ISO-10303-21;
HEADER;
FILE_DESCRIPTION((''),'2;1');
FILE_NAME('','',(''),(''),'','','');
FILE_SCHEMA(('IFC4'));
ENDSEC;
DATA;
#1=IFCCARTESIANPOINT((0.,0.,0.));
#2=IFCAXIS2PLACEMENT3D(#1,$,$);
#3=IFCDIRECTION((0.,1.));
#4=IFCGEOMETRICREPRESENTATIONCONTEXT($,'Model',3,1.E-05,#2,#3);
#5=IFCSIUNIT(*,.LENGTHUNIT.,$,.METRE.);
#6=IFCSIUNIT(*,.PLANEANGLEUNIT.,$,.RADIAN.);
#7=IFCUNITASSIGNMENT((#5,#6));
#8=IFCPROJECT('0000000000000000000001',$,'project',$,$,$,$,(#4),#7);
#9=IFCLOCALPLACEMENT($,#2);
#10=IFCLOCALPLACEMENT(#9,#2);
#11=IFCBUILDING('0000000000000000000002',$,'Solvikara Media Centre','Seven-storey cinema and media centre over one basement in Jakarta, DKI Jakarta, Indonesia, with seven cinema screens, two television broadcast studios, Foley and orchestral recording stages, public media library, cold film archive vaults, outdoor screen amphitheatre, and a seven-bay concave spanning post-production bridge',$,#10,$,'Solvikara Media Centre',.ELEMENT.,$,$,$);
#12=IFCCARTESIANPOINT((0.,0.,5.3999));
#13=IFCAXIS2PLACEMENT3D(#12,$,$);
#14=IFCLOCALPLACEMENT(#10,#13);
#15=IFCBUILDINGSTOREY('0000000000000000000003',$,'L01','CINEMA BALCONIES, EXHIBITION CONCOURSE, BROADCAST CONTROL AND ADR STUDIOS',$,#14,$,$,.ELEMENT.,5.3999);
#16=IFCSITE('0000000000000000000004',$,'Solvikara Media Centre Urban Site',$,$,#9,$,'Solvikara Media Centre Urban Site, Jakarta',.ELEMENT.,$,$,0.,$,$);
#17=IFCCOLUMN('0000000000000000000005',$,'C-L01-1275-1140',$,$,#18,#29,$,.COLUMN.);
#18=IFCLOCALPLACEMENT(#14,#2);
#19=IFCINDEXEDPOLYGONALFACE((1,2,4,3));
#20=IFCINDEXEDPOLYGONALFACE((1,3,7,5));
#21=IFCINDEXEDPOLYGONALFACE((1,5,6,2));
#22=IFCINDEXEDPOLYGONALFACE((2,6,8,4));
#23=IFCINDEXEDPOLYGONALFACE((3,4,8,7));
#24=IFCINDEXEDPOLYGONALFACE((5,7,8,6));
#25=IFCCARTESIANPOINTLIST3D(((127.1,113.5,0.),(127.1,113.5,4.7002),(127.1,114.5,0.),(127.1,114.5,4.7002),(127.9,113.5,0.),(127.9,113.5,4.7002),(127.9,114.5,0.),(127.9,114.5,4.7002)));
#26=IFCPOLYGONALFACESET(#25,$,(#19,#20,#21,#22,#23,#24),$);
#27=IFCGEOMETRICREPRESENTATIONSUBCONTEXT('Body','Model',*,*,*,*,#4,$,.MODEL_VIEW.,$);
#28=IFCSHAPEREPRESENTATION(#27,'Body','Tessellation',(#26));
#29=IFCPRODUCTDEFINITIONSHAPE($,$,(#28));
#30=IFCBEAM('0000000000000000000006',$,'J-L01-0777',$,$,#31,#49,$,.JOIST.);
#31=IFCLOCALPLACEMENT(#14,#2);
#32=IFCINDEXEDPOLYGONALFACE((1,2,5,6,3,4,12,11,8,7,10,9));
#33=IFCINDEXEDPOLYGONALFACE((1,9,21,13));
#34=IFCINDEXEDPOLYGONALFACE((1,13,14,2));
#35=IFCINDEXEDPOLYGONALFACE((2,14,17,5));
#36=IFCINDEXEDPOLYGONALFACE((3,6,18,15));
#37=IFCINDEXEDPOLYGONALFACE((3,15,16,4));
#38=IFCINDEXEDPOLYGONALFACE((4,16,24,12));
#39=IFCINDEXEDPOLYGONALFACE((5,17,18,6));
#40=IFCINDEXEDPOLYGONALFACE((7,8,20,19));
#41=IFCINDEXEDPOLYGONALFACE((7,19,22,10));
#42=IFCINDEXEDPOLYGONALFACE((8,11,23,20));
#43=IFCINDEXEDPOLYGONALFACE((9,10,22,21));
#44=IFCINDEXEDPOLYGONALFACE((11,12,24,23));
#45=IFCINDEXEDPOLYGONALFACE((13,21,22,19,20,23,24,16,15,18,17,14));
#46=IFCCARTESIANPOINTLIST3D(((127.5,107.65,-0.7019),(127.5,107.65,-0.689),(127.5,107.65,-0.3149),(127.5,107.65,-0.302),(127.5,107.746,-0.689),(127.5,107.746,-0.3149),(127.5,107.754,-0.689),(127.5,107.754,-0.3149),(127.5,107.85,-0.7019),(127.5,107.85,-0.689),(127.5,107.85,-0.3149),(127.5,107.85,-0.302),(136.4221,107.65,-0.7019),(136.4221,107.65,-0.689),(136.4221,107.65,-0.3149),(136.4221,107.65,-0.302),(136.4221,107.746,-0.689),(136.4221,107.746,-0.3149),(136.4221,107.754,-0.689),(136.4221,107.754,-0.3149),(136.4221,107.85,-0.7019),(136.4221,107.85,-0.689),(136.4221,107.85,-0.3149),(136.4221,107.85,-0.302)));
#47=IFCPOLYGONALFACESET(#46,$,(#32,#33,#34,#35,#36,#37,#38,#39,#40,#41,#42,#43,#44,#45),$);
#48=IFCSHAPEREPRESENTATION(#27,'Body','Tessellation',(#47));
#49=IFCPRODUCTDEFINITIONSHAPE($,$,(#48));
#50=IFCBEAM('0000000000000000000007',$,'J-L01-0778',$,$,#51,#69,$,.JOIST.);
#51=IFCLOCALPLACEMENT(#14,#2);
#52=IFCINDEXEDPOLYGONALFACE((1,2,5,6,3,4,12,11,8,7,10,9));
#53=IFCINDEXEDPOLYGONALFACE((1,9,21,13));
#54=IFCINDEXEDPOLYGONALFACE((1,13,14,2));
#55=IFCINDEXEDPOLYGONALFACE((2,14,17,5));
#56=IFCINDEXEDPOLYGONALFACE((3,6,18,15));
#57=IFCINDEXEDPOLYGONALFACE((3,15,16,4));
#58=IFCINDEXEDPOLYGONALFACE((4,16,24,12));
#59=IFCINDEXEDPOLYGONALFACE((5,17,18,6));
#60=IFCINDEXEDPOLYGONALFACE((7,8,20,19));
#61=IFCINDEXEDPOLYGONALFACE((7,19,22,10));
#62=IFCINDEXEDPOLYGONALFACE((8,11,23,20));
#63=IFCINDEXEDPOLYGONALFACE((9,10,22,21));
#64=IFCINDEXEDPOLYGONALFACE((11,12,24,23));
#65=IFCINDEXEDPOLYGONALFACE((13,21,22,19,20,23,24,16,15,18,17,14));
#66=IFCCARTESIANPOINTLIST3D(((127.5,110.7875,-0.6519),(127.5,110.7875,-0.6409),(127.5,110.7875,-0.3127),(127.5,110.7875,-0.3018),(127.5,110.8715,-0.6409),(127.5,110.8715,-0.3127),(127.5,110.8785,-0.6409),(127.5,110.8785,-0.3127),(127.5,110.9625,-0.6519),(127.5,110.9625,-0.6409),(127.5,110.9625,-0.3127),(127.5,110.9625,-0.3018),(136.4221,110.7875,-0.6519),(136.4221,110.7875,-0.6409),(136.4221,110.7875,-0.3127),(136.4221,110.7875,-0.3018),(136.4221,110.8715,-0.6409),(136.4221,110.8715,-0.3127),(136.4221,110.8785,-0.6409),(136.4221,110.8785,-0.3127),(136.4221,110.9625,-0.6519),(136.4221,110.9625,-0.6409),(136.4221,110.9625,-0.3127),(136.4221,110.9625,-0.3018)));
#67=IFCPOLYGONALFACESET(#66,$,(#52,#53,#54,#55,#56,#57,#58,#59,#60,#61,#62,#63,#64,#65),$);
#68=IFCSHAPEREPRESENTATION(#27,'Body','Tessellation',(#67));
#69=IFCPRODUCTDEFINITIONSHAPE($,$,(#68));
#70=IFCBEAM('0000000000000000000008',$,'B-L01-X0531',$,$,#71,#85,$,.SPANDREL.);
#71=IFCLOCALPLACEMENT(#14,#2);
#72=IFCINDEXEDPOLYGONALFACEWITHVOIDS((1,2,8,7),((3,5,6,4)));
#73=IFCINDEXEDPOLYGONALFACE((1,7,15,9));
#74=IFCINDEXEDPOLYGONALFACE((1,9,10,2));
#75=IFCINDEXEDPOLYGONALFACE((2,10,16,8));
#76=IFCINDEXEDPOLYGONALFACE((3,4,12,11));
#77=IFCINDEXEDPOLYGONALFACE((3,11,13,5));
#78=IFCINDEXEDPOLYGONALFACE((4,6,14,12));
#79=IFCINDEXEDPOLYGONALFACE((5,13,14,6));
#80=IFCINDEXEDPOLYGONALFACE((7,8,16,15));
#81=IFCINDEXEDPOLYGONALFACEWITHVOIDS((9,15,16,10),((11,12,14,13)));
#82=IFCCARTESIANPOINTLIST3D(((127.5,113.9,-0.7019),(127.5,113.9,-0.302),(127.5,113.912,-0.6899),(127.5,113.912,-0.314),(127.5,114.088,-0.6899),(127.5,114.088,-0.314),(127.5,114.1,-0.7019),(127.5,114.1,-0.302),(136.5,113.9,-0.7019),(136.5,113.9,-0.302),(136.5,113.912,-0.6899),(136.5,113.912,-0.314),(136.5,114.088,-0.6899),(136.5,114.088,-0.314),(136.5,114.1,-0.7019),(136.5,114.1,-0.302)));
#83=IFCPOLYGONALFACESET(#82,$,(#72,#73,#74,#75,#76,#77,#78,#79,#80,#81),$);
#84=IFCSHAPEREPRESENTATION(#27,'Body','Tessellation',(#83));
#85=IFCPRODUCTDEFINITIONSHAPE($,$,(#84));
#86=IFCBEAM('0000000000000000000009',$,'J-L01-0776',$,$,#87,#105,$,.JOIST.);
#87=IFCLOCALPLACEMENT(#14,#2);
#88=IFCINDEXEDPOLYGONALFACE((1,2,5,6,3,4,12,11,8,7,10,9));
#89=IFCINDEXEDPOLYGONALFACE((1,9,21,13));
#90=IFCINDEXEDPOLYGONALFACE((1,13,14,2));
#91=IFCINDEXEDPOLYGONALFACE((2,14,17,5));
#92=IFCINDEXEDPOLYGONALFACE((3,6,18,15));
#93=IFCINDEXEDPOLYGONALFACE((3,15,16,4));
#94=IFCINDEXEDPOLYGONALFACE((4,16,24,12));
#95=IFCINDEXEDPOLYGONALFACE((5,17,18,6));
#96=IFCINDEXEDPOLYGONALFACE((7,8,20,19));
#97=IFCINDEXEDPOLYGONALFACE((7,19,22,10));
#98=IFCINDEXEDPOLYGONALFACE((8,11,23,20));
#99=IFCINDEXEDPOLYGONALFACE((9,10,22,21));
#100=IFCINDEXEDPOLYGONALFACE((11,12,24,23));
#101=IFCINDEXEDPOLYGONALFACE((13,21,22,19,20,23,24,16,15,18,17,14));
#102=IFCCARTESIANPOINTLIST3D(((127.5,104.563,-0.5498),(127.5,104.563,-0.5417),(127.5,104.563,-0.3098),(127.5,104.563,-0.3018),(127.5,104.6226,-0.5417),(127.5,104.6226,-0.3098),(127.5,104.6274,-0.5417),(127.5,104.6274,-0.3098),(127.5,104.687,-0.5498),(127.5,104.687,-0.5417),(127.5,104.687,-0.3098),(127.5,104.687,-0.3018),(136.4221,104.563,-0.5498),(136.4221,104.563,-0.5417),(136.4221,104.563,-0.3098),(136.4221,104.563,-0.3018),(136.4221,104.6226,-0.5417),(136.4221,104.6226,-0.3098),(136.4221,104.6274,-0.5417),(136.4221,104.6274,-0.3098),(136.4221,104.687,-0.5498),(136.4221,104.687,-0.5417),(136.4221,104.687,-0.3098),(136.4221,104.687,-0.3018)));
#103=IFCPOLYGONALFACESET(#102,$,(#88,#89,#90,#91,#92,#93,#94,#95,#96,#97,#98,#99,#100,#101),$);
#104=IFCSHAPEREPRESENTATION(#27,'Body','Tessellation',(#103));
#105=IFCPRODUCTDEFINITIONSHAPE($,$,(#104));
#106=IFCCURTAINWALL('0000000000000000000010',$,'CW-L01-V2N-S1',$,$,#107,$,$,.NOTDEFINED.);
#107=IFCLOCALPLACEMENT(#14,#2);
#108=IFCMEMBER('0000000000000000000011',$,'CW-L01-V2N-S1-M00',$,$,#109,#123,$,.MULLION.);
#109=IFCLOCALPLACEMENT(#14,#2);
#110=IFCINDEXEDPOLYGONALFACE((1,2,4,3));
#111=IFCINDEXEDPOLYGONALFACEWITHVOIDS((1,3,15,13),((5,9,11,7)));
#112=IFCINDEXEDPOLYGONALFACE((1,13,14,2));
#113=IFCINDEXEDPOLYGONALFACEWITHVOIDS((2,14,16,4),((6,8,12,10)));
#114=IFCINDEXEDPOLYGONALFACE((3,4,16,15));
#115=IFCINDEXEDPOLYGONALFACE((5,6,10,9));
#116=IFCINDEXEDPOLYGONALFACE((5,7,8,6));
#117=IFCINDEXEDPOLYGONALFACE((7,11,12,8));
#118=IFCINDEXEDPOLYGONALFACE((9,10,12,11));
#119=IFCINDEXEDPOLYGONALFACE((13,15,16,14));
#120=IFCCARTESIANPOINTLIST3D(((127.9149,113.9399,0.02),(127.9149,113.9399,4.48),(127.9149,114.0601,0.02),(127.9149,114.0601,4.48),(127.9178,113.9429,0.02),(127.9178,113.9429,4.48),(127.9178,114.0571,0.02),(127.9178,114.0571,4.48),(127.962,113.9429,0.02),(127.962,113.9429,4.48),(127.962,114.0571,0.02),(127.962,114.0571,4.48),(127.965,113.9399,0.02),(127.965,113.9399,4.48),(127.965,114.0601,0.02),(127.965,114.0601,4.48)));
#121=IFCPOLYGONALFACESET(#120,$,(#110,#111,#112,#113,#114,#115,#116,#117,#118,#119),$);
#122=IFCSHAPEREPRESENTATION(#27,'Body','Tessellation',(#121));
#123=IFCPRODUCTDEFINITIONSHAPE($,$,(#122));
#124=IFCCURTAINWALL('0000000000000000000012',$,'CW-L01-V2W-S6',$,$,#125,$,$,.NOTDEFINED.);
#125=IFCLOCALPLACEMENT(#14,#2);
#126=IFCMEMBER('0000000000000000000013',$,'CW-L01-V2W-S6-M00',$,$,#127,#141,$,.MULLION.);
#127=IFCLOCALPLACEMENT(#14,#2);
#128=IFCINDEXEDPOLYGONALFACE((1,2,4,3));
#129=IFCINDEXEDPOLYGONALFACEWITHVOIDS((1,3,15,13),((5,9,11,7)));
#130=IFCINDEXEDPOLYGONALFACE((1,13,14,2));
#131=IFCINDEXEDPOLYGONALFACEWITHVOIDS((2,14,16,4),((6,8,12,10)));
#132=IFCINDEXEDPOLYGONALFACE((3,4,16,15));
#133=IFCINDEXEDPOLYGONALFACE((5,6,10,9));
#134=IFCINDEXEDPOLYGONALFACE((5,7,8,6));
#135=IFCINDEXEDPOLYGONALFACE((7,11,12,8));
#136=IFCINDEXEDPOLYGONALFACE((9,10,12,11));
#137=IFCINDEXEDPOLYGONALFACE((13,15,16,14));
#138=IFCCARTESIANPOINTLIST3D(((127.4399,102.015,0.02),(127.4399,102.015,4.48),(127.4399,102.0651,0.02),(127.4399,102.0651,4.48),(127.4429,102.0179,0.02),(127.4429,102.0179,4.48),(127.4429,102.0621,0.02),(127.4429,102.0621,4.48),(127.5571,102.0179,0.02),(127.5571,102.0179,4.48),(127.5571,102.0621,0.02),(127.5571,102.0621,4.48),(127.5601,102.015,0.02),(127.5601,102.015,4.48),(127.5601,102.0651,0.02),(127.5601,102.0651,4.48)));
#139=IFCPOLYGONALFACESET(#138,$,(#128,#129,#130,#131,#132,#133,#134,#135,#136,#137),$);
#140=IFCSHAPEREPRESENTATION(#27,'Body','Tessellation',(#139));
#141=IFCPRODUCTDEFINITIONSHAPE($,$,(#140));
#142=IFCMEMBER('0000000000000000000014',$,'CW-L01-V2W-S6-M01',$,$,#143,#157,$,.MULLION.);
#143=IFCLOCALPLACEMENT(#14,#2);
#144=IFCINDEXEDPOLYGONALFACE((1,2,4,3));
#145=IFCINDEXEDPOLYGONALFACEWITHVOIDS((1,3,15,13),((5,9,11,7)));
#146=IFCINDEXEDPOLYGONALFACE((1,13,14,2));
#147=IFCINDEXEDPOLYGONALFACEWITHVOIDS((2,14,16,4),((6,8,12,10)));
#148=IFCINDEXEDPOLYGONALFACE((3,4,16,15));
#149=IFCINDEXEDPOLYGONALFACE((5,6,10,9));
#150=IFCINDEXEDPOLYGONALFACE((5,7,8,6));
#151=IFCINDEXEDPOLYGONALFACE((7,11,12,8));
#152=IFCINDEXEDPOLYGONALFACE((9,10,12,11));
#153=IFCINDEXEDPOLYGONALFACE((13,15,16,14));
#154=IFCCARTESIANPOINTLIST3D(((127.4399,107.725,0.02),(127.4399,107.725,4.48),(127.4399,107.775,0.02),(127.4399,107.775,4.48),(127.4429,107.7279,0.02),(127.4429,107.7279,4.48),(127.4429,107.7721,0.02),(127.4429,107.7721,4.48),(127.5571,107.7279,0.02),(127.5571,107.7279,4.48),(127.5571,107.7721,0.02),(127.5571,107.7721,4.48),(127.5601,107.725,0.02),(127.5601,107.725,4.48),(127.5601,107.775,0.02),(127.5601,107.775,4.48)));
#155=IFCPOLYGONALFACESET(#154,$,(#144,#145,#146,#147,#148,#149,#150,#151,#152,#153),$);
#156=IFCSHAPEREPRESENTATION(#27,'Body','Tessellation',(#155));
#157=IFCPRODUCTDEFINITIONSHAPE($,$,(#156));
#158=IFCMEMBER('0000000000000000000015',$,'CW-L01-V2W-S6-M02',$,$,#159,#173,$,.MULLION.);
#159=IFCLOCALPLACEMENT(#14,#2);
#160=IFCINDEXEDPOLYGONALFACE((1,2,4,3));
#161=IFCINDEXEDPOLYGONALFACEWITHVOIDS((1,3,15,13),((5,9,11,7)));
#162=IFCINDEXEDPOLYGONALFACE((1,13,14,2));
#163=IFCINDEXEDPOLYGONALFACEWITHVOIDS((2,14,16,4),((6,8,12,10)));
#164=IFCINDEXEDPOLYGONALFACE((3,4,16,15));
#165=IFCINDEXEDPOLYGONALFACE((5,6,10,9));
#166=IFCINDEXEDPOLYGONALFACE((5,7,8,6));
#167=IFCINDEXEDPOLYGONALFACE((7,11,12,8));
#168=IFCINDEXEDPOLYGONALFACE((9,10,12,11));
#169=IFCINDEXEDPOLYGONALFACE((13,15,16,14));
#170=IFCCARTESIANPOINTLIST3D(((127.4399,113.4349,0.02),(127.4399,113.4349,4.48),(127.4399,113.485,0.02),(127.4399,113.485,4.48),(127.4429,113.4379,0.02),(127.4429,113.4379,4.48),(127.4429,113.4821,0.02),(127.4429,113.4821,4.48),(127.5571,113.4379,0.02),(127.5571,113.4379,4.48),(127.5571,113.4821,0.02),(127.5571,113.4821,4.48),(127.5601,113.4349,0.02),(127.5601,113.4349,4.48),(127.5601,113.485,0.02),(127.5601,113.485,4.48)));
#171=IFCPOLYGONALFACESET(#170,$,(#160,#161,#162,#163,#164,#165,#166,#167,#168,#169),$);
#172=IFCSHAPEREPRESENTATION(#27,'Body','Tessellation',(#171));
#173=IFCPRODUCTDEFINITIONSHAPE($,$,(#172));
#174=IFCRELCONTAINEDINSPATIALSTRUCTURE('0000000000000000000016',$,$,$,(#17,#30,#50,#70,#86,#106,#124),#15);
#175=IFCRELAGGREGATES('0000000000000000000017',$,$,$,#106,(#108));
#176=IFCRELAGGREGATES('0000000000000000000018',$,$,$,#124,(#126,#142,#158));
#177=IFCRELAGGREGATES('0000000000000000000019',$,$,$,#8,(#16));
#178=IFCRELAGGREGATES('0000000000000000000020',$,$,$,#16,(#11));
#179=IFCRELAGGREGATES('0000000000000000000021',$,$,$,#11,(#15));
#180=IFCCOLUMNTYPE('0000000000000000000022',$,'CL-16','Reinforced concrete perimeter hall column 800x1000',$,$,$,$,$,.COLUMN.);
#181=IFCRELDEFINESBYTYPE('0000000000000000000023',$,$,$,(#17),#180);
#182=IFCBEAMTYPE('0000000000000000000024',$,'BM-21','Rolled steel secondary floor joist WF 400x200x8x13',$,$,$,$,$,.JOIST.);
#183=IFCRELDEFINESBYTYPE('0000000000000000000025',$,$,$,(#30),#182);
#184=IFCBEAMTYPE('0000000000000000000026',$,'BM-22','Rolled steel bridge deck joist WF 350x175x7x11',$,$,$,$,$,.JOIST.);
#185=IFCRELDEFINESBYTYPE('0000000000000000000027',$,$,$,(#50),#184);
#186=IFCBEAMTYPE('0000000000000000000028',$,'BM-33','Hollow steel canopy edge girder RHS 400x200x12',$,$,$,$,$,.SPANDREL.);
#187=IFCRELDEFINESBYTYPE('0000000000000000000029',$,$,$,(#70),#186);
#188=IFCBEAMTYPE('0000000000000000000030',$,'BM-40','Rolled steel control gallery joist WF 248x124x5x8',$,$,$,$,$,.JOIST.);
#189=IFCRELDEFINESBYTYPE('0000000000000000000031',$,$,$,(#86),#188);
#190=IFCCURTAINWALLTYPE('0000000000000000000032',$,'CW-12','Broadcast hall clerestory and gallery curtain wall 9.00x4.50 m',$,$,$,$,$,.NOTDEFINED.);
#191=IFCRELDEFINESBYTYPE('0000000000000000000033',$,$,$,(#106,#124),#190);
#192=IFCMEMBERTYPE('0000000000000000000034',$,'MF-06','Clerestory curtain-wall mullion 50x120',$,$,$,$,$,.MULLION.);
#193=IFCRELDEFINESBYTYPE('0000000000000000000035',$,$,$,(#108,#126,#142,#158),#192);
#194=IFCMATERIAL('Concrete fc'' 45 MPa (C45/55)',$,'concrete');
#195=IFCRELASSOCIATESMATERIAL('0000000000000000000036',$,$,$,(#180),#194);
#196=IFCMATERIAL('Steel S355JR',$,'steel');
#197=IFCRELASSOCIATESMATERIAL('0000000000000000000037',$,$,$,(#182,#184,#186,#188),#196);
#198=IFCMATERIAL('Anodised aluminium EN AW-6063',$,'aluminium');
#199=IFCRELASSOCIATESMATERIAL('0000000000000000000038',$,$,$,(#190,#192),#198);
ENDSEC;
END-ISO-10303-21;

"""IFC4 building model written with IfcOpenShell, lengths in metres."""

from ifc_helpers import new_model, si_unit, direction, frame, origin, origin_2d, place, context, subcontext, project, spatial, rectangle, hollow_rectangle, i_section, extrude, material, material_profile, profile_set, type_object, element, aggregate, save


model = new_model("IFC4")

# Units and contexts
model_context = context("Model", 3, precision=1e-05, world=origin(), true_north=direction((0.0, 1.0)))
body_context = subcontext(model_context, "Body", "Model", "MODEL_VIEW")
ifc_project = project(units=[si_unit("LENGTHUNIT", "METRE"), si_unit("PLANEANGLEUNIT", "RADIAN")], contexts=[model_context])

# Site, building, storey
site_placement = place(None, origin())
site = spatial("IfcSite", under=ifc_project, at=site_placement, Name="Solvikara Media Centre Urban Site", LongName="Solvikara Media Centre Urban Site, Jakarta", CompositionType="ELEMENT", RefElevation=0.0)
building_placement = place(site_placement, origin())
building = spatial("IfcBuilding", under=site, at=building_placement, Name="Solvikara Media Centre", Description="Seven-storey cinema and media centre over one basement in Jakarta, DKI Jakarta, Indonesia, with seven cinema screens, two television broadcast studios, Foley and orchestral recording stages, public media library, cold film archive vaults, outdoor screen amphitheatre, and a seven-bay concave spanning post-production bridge", LongName="Solvikara Media Centre", CompositionType="ELEMENT")
storey_placement = place(building_placement, frame((0.0, 0.0, 5.3999)))
storey = spatial("IfcBuildingStorey", under=building, at=storey_placement, Name="L01", Description="CINEMA BALCONIES, EXHIBITION CONCOURSE, BROADCAST CONTROL AND ADR STUDIOS", CompositionType="ELEMENT", Elevation=5.3999)

# Column
ifc_material_1 = material(Name="Concrete fc' 45 MPa (C45/55)", Category="concrete")
ifc_material_profile_1 = material_profile(ifc_material_1, rectangle(XDim=0.8, YDim=1.0, at=origin_2d()), Name="RC 800x1000")
ifc_profile_set_1 = profile_set([ifc_material_profile_1], Name="Concrete fc' 45 MPa (C45/55)")
column_type = type_object("IfcColumnType", Name="CL-16", Description="Reinforced concrete perimeter hall column 800x1000", PredefinedType="COLUMN", material=ifc_profile_set_1)
column_placement = place(storey_placement, frame((127.5, 114.0, 0.0), z_axis=(0.0, 0.0, 1.0), x_axis=(1.0, 0.0, 0.0)))
element("IfcColumn", 1, at=column_placement, inside=storey, type_object=column_type, Name="C-L01-1275-1140", PredefinedType="COLUMN", context=body_context, shape_type="SweptSolid", body=[
    extrude(rectangle(XDim=0.8, YDim=1.0, at=origin_2d()), origin(), (0.0, 0.0, 1.0), 4.7002),
])

# Beams
ifc_material_2 = material(Name="Steel S355JR", Category="steel")
ifc_material_profile_2 = material_profile(ifc_material_2, i_section(OverallWidth=0.2, OverallDepth=0.3999, WebThickness=0.0081, FlangeThickness=0.0129, at=origin_2d()), Name="WF 400x200x8x13")
ifc_profile_set_2 = profile_set([ifc_material_profile_2], Name="Steel S355JR")
beam_type_1 = type_object("IfcBeamType", Name="BM-21", Description="Rolled steel secondary floor joist WF 400x200x8x13", PredefinedType="JOIST", material=ifc_profile_set_2)
beam_1_placement = place(storey_placement, frame((127.5, 107.75, -0.502), z_axis=(1.0, 0.0, 0.0), x_axis=(0.0, 1.0, 0.0)))
element("IfcBeam", 2, at=beam_1_placement, inside=storey, type_object=beam_type_1, Name="J-L01-0777", PredefinedType="JOIST", context=body_context, shape_type="SweptSolid", body=[
    extrude(i_section(OverallWidth=0.2, OverallDepth=0.3999, WebThickness=0.0081, FlangeThickness=0.0129, at=origin_2d()), origin(), (0.0, 0.0, 1.0), 8.9221),
])
ifc_material_profile_3 = material_profile(ifc_material_2, i_section(OverallWidth=0.175, OverallDepth=0.3501, WebThickness=0.0071, FlangeThickness=0.011, at=origin_2d()), Name="WF 350x175x7x11")
ifc_profile_set_3 = profile_set([ifc_material_profile_3], Name="Steel S355JR")
beam_type_2 = type_object("IfcBeamType", Name="BM-22", Description="Rolled steel bridge deck joist WF 350x175x7x11", PredefinedType="JOIST", material=ifc_profile_set_3)
beam_2_placement = place(storey_placement, frame((127.5, 110.875, -0.4768), z_axis=(1.0, 0.0, 0.0), x_axis=(0.0, 1.0, 0.0)))
element("IfcBeam", 3, at=beam_2_placement, inside=storey, type_object=beam_type_2, Name="J-L01-0778", PredefinedType="JOIST", context=body_context, shape_type="SweptSolid", body=[
    extrude(i_section(OverallWidth=0.175, OverallDepth=0.3501, WebThickness=0.0071, FlangeThickness=0.011, at=origin_2d()), origin(), (0.0, 0.0, 1.0), 8.9221),
])
ifc_material_profile_4 = material_profile(ifc_material_2, hollow_rectangle(XDim=0.2, YDim=0.3999, WallThickness=0.012, at=origin_2d()), Name="RHS 400x200x12")
ifc_profile_set_4 = profile_set([ifc_material_profile_4], Name="Steel S355JR")
beam_type_3 = type_object("IfcBeamType", Name="BM-33", Description="Hollow steel canopy edge girder RHS 400x200x12", PredefinedType="SPANDREL", material=ifc_profile_set_4)
beam_3_placement = place(storey_placement, frame((127.5, 114.0, -0.502), z_axis=(1.0, 0.0, 0.0), x_axis=(0.0, 1.0, 0.0)))
element("IfcBeam", 4, at=beam_3_placement, inside=storey, type_object=beam_type_3, Name="B-L01-X0531", PredefinedType="SPANDREL", context=body_context, shape_type="SweptSolid", body=[
    extrude(hollow_rectangle(XDim=0.2, YDim=0.3999, WallThickness=0.012, at=origin_2d()), origin(), (0.0, 0.0, 1.0), 9.0),
])
ifc_material_profile_5 = material_profile(ifc_material_2, i_section(OverallWidth=0.124, OverallDepth=0.248, WebThickness=0.0049, FlangeThickness=0.0081, at=origin_2d()), Name="WF 248x124x5x8")
ifc_profile_set_5 = profile_set([ifc_material_profile_5], Name="Steel S355JR")
beam_type_4 = type_object("IfcBeamType", Name="BM-40", Description="Rolled steel control gallery joist WF 248x124x5x8", PredefinedType="JOIST", material=ifc_profile_set_5)
beam_4_placement = place(storey_placement, frame((127.5, 104.625, -0.4258), z_axis=(1.0, 0.0, 0.0), x_axis=(0.0, 1.0, 0.0)))
element("IfcBeam", 5, at=beam_4_placement, inside=storey, type_object=beam_type_4, Name="J-L01-0776", PredefinedType="JOIST", context=body_context, shape_type="SweptSolid", body=[
    extrude(i_section(OverallWidth=0.124, OverallDepth=0.248, WebThickness=0.0049, FlangeThickness=0.0081, at=origin_2d()), origin(), (0.0, 0.0, 1.0), 8.9221),
])

# Curtain wall, member
ifc_material_3 = material(Name="Anodised aluminium EN AW-6063", Category="aluminium")
curtain_wall_type = type_object("IfcCurtainWallType", Name="CW-12", Description="Broadcast hall clerestory and gallery curtain wall 9.00x4.50 m", PredefinedType="NOTDEFINED", material=ifc_material_3)
curtain_wall_1_placement = place(storey_placement, origin())
curtain_wall_1 = element("IfcCurtainWall", 6, at=curtain_wall_1_placement, inside=storey, type_object=curtain_wall_type, Name="CW-L01-V2N-S1", PredefinedType="NOTDEFINED")
ifc_material_profile_6 = material_profile(ifc_material_3, hollow_rectangle(XDim=0.05, YDim=0.1201, WallThickness=0.0029, at=origin_2d()), Name="ALU-M 50x120x3")
ifc_profile_set_6 = profile_set([ifc_material_profile_6], Name="Anodised aluminium EN AW-6063")
member_type_1 = type_object("IfcMemberType", Name="MF-06", Description="Clerestory curtain-wall mullion 50x120", PredefinedType="MULLION", material=ifc_profile_set_6)
member_1_placement = place(storey_placement, frame((127.9399, 114.0, 0.02), z_axis=(0.0, 0.0, 1.0), x_axis=(1.0, 0.0, 0.0)))
member_1 = element("IfcMember", 7, at=member_1_placement, type_object=member_type_1, Name="CW-L01-V2N-S1-M00", PredefinedType="MULLION", context=body_context, shape_type="SweptSolid", body=[
    extrude(hollow_rectangle(XDim=0.05, YDim=0.1201, WallThickness=0.0029, at=origin_2d()), origin(), (0.0, 0.0, 1.0), 4.46),
])

# Curtain wall, members
curtain_wall_2_placement = place(storey_placement, origin())
curtain_wall_2 = element("IfcCurtainWall", 8, at=curtain_wall_2_placement, inside=storey, type_object=curtain_wall_type, Name="CW-L01-V2W-S6", PredefinedType="NOTDEFINED")
member_2_placement = place(storey_placement, frame((127.5, 102.04, 0.02), z_axis=(0.0, 0.0, 1.0), x_axis=(0.0, 1.0, 0.0)))
member_2 = element("IfcMember", 9, at=member_2_placement, type_object=member_type_1, Name="CW-L01-V2W-S6-M00", PredefinedType="MULLION", context=body_context, shape_type="SweptSolid", body=[
    extrude(hollow_rectangle(XDim=0.05, YDim=0.1201, WallThickness=0.0029, at=origin_2d()), origin(), (0.0, 0.0, 1.0), 4.46),
])
member_3_placement = place(storey_placement, frame((127.5, 107.75, 0.02), z_axis=(0.0, 0.0, 1.0), x_axis=(0.0, 1.0, 0.0)))
member_3 = element("IfcMember", 10, at=member_3_placement, type_object=member_type_1, Name="CW-L01-V2W-S6-M01", PredefinedType="MULLION", context=body_context, shape_type="SweptSolid", body=[
    extrude(hollow_rectangle(XDim=0.05, YDim=0.1201, WallThickness=0.0029, at=origin_2d()), origin(), (0.0, 0.0, 1.0), 4.46),
])
member_4_placement = place(storey_placement, frame((127.5, 113.46, 0.02), z_axis=(0.0, 0.0, 1.0), x_axis=(0.0, 1.0, 0.0)))
member_4 = element("IfcMember", 11, at=member_4_placement, type_object=member_type_1, Name="CW-L01-V2W-S6-M02", PredefinedType="MULLION", context=body_context, shape_type="SweptSolid", body=[
    extrude(hollow_rectangle(XDim=0.05, YDim=0.1201, WallThickness=0.0029, at=origin_2d()), origin(), (0.0, 0.0, 1.0), 4.46),
])

aggregate(curtain_wall_1, [member_1])

aggregate(curtain_wall_2, [member_2, member_3, member_4])

save(model, "model.ifc")
